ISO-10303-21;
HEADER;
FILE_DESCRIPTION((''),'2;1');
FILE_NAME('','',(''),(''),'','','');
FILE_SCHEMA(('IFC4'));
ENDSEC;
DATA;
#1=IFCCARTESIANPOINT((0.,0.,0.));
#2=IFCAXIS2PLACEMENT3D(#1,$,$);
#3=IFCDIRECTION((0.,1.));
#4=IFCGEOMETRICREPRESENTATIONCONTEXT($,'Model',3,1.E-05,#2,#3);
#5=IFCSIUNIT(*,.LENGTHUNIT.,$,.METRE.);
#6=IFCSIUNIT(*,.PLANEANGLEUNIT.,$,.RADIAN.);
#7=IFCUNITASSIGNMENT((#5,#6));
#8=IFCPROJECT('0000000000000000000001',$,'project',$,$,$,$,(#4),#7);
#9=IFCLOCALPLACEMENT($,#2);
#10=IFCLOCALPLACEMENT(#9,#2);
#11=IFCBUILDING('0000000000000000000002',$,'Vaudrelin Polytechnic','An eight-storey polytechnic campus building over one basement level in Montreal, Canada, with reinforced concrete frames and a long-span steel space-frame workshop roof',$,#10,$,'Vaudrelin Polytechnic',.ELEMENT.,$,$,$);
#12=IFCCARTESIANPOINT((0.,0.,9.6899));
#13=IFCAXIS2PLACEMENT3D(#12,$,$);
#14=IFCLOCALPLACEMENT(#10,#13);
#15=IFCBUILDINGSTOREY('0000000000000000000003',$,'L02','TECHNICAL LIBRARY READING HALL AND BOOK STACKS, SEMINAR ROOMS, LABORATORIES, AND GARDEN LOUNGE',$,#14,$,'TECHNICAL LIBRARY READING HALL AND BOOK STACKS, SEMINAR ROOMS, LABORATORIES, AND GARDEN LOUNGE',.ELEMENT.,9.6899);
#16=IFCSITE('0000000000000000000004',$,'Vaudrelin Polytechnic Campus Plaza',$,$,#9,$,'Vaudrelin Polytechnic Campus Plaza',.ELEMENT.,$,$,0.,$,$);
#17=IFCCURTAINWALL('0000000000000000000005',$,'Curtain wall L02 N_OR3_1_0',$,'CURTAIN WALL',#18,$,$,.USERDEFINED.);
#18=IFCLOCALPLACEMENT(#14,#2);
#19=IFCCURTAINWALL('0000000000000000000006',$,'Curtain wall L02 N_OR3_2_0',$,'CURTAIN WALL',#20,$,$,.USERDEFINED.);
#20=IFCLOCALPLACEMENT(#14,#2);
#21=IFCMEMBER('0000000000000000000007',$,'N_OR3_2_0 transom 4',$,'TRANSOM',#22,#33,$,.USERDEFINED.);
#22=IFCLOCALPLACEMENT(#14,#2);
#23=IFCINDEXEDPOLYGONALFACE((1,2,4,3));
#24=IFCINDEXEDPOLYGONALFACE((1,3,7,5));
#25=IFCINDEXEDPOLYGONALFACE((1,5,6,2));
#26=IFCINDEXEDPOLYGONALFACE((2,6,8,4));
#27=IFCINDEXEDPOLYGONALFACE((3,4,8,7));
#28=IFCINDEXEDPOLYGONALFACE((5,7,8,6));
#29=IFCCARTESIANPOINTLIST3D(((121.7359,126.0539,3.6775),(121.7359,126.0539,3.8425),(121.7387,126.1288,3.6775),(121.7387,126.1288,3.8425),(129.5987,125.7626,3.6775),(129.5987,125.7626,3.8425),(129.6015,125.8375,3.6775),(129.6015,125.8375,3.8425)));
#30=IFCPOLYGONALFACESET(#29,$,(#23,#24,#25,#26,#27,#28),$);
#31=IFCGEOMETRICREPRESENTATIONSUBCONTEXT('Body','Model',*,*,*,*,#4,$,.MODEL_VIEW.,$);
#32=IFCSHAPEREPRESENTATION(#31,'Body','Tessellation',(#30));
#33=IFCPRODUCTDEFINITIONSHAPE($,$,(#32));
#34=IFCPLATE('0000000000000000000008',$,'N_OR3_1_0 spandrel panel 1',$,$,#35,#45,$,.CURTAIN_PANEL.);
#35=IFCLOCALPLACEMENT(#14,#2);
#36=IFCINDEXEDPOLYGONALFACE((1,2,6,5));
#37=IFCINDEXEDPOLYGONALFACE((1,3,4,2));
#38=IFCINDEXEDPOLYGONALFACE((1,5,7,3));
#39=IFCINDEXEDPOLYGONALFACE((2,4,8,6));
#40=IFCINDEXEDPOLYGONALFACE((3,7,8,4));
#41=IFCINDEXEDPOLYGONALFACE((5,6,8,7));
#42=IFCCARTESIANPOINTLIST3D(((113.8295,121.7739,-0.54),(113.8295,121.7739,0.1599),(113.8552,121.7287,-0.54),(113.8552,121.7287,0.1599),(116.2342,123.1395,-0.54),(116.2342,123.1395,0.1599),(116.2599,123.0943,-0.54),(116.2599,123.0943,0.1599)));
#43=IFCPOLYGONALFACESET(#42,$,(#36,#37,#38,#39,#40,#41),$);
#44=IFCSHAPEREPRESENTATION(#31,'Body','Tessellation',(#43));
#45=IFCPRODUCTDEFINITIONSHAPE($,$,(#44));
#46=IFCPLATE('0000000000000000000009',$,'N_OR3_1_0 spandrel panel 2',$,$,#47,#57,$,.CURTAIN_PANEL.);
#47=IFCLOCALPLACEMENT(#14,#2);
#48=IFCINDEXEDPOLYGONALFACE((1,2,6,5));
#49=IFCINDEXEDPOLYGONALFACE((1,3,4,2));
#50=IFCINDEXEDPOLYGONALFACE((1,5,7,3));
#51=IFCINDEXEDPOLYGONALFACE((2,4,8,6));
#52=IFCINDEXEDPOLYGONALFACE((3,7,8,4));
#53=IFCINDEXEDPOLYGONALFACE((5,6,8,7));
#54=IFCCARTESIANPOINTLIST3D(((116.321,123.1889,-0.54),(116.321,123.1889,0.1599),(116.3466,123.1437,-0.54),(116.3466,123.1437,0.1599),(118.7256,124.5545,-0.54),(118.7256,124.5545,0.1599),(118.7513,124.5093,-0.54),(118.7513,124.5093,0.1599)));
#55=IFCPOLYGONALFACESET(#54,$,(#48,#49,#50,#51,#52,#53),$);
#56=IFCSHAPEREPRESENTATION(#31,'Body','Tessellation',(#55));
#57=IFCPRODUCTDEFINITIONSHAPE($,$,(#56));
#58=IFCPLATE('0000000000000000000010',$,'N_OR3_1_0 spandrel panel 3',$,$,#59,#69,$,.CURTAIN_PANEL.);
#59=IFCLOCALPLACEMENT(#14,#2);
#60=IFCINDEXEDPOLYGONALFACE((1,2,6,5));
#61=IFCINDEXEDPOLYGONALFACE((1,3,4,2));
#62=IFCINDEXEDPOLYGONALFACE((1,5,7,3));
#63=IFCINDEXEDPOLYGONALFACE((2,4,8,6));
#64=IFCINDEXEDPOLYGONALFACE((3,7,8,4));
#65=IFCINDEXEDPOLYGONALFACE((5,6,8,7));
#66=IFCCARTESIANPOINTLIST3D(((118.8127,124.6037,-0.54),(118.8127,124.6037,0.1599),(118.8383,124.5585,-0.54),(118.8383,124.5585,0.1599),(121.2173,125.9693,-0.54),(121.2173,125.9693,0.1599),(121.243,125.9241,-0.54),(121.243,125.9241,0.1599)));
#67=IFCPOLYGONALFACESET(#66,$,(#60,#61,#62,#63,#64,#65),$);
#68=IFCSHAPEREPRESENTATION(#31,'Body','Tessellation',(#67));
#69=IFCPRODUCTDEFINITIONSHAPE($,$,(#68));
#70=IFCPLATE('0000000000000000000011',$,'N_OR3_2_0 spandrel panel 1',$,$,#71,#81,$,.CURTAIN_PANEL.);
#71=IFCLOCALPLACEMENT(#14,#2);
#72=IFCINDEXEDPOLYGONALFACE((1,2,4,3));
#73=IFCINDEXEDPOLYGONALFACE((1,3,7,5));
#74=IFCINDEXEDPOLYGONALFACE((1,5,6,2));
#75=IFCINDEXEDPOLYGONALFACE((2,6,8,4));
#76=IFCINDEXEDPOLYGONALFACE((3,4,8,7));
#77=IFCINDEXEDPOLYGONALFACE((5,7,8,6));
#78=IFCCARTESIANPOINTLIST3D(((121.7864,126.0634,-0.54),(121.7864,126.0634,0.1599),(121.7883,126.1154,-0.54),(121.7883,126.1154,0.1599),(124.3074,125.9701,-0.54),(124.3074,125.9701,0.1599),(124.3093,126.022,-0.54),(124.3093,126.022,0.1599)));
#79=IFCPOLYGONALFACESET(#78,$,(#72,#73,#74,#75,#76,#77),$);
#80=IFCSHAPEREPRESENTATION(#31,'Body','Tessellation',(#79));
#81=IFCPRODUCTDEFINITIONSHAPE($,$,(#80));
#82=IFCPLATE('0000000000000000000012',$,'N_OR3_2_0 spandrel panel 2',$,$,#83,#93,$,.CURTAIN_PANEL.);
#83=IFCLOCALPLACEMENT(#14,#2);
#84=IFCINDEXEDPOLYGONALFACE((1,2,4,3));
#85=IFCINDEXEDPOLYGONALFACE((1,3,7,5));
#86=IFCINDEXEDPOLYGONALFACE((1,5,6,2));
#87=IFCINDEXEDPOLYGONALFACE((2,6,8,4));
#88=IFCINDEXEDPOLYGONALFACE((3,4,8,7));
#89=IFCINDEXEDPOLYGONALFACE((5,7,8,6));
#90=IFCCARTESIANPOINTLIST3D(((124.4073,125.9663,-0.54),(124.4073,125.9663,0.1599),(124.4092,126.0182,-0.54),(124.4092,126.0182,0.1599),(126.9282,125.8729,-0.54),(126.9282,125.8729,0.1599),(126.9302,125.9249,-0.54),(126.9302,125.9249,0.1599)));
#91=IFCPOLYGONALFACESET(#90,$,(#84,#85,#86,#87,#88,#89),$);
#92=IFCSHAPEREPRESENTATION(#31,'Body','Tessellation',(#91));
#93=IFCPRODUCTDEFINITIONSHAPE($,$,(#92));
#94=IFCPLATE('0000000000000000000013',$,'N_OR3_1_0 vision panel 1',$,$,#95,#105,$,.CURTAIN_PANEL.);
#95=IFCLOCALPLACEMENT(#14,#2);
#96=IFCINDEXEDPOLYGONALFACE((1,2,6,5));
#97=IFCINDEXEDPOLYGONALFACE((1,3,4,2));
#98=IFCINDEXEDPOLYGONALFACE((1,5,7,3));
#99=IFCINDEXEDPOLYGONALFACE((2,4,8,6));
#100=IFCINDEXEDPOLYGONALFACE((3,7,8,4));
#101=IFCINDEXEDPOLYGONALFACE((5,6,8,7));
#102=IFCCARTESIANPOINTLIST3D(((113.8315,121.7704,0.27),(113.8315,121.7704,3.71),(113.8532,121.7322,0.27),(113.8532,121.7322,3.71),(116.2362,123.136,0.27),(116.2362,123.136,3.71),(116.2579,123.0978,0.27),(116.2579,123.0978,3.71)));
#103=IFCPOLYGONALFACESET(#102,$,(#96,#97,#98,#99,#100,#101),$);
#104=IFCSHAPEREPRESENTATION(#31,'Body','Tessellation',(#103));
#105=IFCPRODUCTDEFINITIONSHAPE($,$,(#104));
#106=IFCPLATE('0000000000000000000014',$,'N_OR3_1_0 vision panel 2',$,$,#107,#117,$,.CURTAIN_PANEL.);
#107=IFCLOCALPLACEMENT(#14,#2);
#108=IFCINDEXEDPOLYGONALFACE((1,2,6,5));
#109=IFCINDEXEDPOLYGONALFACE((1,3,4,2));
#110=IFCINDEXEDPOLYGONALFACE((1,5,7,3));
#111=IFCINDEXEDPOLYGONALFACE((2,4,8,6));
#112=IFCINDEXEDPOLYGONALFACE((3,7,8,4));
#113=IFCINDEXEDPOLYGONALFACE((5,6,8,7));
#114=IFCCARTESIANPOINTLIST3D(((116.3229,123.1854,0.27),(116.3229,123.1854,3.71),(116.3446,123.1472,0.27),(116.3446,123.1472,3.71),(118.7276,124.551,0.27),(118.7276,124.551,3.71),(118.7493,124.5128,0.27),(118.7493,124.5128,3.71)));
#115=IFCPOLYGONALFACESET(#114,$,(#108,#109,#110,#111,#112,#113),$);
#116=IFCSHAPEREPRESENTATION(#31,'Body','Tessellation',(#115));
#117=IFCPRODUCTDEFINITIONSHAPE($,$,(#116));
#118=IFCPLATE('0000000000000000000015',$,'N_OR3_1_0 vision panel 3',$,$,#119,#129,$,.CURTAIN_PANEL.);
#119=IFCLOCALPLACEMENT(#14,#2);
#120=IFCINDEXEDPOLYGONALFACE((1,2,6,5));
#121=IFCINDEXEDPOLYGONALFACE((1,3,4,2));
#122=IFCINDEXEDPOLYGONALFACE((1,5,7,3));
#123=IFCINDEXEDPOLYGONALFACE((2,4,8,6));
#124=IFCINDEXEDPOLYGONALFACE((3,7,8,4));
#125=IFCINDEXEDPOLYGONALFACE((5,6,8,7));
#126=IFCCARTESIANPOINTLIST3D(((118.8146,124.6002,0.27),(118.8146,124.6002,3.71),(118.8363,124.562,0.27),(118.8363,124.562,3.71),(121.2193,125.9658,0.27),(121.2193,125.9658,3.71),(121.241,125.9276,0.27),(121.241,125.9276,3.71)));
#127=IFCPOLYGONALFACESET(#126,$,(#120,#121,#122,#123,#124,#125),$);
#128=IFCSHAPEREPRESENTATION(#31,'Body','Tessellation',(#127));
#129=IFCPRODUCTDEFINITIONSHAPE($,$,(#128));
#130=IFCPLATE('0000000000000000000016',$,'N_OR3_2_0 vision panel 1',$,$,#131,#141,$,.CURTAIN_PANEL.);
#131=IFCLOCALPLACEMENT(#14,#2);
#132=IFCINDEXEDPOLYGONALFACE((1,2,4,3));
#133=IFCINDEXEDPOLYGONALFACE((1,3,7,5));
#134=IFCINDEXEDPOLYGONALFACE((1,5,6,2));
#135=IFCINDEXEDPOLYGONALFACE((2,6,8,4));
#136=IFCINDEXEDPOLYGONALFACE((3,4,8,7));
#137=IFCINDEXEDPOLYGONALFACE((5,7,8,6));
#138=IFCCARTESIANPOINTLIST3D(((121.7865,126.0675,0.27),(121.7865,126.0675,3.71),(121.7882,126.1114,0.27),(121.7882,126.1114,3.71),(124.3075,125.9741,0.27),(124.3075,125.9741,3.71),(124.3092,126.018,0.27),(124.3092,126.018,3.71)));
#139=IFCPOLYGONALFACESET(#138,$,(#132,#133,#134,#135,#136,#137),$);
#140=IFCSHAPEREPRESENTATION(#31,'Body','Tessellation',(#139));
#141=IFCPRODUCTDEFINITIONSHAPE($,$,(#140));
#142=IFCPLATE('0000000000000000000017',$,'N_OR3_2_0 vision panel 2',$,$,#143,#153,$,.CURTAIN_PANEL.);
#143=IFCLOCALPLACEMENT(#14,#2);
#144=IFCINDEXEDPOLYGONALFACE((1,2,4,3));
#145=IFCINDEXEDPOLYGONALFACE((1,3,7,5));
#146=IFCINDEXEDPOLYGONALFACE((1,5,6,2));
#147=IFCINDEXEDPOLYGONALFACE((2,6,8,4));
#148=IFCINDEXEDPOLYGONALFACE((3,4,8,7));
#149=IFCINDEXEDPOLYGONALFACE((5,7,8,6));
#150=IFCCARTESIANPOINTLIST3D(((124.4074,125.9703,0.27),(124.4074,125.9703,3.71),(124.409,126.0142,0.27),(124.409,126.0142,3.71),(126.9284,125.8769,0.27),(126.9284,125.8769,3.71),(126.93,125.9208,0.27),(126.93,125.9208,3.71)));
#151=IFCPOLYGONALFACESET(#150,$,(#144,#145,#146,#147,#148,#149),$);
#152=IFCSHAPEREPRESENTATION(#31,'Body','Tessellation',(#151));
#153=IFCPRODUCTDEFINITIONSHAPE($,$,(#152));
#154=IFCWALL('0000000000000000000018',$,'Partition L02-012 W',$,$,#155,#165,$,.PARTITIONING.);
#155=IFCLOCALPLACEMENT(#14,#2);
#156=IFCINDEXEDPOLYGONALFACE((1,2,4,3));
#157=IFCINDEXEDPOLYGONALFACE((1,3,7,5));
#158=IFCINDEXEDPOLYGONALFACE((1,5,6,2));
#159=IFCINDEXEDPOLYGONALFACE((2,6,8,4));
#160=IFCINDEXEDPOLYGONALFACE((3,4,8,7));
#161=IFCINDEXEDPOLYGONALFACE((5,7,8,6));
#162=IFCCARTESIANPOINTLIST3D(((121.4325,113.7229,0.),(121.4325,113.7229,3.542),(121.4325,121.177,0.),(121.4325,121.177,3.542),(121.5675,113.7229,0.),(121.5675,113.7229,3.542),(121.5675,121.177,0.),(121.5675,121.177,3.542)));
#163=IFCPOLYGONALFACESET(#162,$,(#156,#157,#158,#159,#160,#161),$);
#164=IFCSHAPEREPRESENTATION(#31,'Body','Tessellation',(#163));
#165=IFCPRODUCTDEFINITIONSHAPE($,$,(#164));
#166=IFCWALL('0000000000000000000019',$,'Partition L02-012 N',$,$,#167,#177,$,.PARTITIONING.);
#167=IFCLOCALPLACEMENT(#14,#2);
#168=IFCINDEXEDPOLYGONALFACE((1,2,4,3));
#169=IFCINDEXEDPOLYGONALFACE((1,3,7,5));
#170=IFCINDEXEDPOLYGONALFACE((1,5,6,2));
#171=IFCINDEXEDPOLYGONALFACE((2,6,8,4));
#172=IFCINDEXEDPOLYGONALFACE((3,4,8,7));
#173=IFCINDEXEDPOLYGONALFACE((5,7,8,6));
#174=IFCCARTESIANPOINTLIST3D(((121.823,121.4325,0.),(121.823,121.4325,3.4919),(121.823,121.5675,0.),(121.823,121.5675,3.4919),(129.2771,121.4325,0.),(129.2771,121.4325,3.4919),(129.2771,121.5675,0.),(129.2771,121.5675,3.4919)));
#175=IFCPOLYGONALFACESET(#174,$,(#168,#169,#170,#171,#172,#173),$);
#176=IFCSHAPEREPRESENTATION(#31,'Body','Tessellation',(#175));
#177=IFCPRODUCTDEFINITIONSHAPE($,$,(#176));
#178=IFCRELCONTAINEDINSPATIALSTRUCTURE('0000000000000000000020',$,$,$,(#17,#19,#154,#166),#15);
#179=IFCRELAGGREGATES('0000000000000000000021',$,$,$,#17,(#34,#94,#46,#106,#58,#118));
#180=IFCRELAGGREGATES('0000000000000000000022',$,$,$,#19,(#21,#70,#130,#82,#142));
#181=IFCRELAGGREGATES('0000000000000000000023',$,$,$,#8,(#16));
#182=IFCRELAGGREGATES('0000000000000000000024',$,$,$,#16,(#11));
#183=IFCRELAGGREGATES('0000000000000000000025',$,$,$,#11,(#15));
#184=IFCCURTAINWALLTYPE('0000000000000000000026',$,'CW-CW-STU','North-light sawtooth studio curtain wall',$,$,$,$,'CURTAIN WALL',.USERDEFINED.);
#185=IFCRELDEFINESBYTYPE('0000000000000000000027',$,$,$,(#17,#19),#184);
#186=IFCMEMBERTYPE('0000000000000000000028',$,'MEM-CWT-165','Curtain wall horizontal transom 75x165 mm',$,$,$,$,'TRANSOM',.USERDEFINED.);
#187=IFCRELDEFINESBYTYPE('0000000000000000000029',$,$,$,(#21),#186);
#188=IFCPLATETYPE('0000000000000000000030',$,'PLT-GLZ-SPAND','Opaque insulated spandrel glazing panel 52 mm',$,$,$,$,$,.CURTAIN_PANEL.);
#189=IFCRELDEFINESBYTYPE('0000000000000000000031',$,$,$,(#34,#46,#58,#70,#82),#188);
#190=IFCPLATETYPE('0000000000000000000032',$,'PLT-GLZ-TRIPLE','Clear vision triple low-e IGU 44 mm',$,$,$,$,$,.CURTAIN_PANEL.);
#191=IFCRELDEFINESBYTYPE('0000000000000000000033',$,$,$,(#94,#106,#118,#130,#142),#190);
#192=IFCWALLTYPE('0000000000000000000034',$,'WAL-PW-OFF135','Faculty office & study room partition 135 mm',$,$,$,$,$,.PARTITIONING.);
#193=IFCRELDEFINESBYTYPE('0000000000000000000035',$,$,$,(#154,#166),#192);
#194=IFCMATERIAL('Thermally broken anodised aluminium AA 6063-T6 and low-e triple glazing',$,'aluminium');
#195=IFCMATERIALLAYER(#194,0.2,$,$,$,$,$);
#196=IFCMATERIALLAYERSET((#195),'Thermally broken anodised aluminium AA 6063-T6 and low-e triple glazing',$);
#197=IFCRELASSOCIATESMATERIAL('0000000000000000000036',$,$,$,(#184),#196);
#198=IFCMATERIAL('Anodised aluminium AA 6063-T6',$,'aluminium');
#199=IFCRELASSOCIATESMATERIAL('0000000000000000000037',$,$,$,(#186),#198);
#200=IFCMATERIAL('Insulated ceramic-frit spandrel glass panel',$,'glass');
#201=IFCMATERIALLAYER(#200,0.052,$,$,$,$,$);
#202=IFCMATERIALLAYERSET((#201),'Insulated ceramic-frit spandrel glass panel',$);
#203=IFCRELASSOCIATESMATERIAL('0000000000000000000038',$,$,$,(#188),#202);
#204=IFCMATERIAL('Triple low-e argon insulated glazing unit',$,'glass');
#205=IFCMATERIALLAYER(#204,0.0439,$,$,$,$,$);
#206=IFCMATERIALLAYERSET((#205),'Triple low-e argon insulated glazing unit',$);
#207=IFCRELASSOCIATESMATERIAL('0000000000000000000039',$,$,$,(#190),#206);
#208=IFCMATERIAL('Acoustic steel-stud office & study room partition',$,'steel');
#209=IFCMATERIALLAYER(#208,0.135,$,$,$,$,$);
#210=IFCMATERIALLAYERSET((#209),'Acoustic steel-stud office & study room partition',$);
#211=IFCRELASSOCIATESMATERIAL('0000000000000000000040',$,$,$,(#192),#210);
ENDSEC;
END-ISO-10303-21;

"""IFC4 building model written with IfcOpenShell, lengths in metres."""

from ifc_helpers import new_model, si_unit, direction, frame, frame_2d, origin, origin_2d, place, context, subcontext, project, spatial, rectangle, extrude, material, layer, layer_set, material_profile, profile_set, type_object, element, aggregate, save


model = new_model("IFC4")

# Units and contexts
model_context = context("Model", 3, precision=1e-05, world=origin(), true_north=direction((0.0, 1.0)))
body_context = subcontext(model_context, "Body", "Model", "MODEL_VIEW")
ifc_project = project(units=[si_unit("LENGTHUNIT", "METRE"), si_unit("PLANEANGLEUNIT", "RADIAN")], contexts=[model_context])

# Site, building, storey
site_placement = place(None, origin())
site = spatial("IfcSite", under=ifc_project, at=site_placement, Name="Vaudrelin Polytechnic Campus Plaza", LongName="Vaudrelin Polytechnic Campus Plaza", CompositionType="ELEMENT", RefElevation=0.0)
building_placement = place(site_placement, origin())
building = spatial("IfcBuilding", under=site, at=building_placement, Name="Vaudrelin Polytechnic", Description="An eight-storey polytechnic campus building over one basement level in Montreal, Canada, with reinforced concrete frames and a long-span steel space-frame workshop roof", LongName="Vaudrelin Polytechnic", CompositionType="ELEMENT")
storey_placement = place(building_placement, frame((0.0, 0.0, 9.6899)))
storey = spatial("IfcBuildingStorey", under=building, at=storey_placement, Name="L02", Description="TECHNICAL LIBRARY READING HALL AND BOOK STACKS, SEMINAR ROOMS, LABORATORIES, AND GARDEN LOUNGE", LongName="TECHNICAL LIBRARY READING HALL AND BOOK STACKS, SEMINAR ROOMS, LABORATORIES, AND GARDEN LOUNGE", CompositionType="ELEMENT", Elevation=9.6899)

# Curtain walls
ifc_material_1 = material(Name="Thermally broken anodised aluminium AA 6063-T6 and low-e triple glazing", Category="aluminium")
ifc_layer_1 = layer(ifc_material_1, 0.2)
ifc_layer_set_1 = layer_set([ifc_layer_1], Name="Thermally broken anodised aluminium AA 6063-T6 and low-e triple glazing")
curtain_wall_type = type_object("IfcCurtainWallType", Name="CW-CW-STU", Description="North-light sawtooth studio curtain wall", ElementType="CURTAIN WALL", PredefinedType="USERDEFINED", material=ifc_layer_set_1)
curtain_wall_1_placement = place(storey_placement, origin())
curtain_wall_1 = element("IfcCurtainWall", 1, at=curtain_wall_1_placement, inside=storey, type_object=curtain_wall_type, Name="Curtain wall L02 N_OR3_1_0", ObjectType="CURTAIN WALL", PredefinedType="USERDEFINED")
ifc_material_2 = material(Name="Anodised aluminium AA 6063-T6", Category="aluminium")
curtain_wall_2_placement = place(storey_placement, origin())
curtain_wall_2 = element("IfcCurtainWall", 2, at=curtain_wall_2_placement, inside=storey, type_object=curtain_wall_type, Name="Curtain wall L02 N_OR3_2_0", ObjectType="CURTAIN WALL", PredefinedType="USERDEFINED")

# Member
ifc_material_profile_1 = material_profile(ifc_material_2, rectangle(XDim=0.075, YDim=0.165, at=origin_2d()), Name="CWT-75x165")
ifc_profile_set_1 = profile_set([ifc_material_profile_1], Name="Anodised aluminium AA 6063-T6")
member_type_1 = type_object("IfcMemberType", Name="MEM-CWT-165", Description="Curtain wall horizontal transom 75x165 mm", ElementType="TRANSOM", PredefinedType="USERDEFINED", material=ifc_profile_set_1)
member_1_placement = place(storey_placement, frame((121.7373, 126.0913, 3.76), z_axis=(0.999315, -0.037017, 0.0), x_axis=(0.037017, 0.999315, 0.0)))
member_1 = element("IfcMember", 3, at=member_1_placement, type_object=member_type_1, Name="N_OR3_2_0 transom 4", ObjectType="TRANSOM", PredefinedType="USERDEFINED", context=body_context, shape_type="SweptSolid", body=[
    extrude(rectangle(XDim=0.075, YDim=0.165, at=origin_2d()), origin(), (0.0, 0.0, 1.0), 7.8682),
])

# Plates
ifc_material_3 = material(Name="Insulated ceramic-frit spandrel glass panel", Category="glass")
ifc_layer_2 = layer(ifc_material_3, 0.052)
ifc_layer_set_2 = layer_set([ifc_layer_2], Name="Insulated ceramic-frit spandrel glass panel")
plate_type_1 = type_object("IfcPlateType", Name="PLT-GLZ-SPAND", Description="Opaque insulated spandrel glazing panel 52 mm", PredefinedType="CURTAIN_PANEL", material=ifc_layer_set_2)
plate_1_placement = place(storey_placement, frame((115.0447, 122.4341, -0.54), z_axis=(0.0, 0.0, 1.0), x_axis=(0.869561, 0.493826, 0.0)))
plate_1 = element("IfcPlate", 4, at=plate_1_placement, type_object=plate_type_1, Name="N_OR3_1_0 spandrel panel 1", PredefinedType="CURTAIN_PANEL", context=body_context, shape_type="SweptSolid", body=[
    extrude(rectangle(XDim=2.7654, YDim=0.052, at=origin_2d()), origin(), (0.0, 0.0, 1.0), 0.7),
])
plate_2_placement = place(storey_placement, frame((117.5361, 123.8491, -0.54), z_axis=(0.0, 0.0, 1.0), x_axis=(0.869561, 0.493826, 0.0)))
plate_2 = element("IfcPlate", 5, at=plate_2_placement, type_object=plate_type_1, Name="N_OR3_1_0 spandrel panel 2", PredefinedType="CURTAIN_PANEL", context=body_context, shape_type="SweptSolid", body=[
    extrude(rectangle(XDim=2.7654, YDim=0.052, at=origin_2d()), origin(), (0.0, 0.0, 1.0), 0.7),
])
plate_3_placement = place(storey_placement, frame((120.0278, 125.2639, -0.54), z_axis=(0.0, 0.0, 1.0), x_axis=(0.869561, 0.493826, 0.0)))
plate_3 = element("IfcPlate", 6, at=plate_3_placement, type_object=plate_type_1, Name="N_OR3_1_0 spandrel panel 3", PredefinedType="CURTAIN_PANEL", context=body_context, shape_type="SweptSolid", body=[
    extrude(rectangle(XDim=2.7654, YDim=0.052, at=origin_2d()), origin(), (0.0, 0.0, 1.0), 0.7),
])
plate_4_placement = place(storey_placement, frame((123.0479, 126.0427, -0.54), z_axis=(0.0, 0.0, 1.0), x_axis=(0.999315, -0.037011, 0.0)))
plate_4 = element("IfcPlate", 7, at=plate_4_placement, type_object=plate_type_1, Name="N_OR3_2_0 spandrel panel 1", PredefinedType="CURTAIN_PANEL", context=body_context, shape_type="SweptSolid", body=[
    extrude(rectangle(XDim=2.5227, YDim=0.052, at=origin_2d()), origin(), (0.0, 0.0, 1.0), 0.7),
])
plate_5_placement = place(storey_placement, frame((125.6687, 125.9456, -0.54), z_axis=(0.0, 0.0, 1.0), x_axis=(0.999315, -0.037011, 0.0)))
plate_5 = element("IfcPlate", 8, at=plate_5_placement, type_object=plate_type_1, Name="N_OR3_2_0 spandrel panel 2", PredefinedType="CURTAIN_PANEL", context=body_context, shape_type="SweptSolid", body=[
    extrude(rectangle(XDim=2.5227, YDim=0.052, at=origin_2d()), origin(), (0.0, 0.0, 1.0), 0.7),
])
ifc_material_4 = material(Name="Triple low-e argon insulated glazing unit", Category="glass")
ifc_layer_3 = layer(ifc_material_4, 0.0439)
ifc_layer_set_3 = layer_set([ifc_layer_3], Name="Triple low-e argon insulated glazing unit")
plate_type_2 = type_object("IfcPlateType", Name="PLT-GLZ-TRIPLE", Description="Clear vision triple low-e IGU 44 mm", PredefinedType="CURTAIN_PANEL", material=ifc_layer_set_3)
plate_6_placement = place(storey_placement, frame((115.0447, 122.4341, 0.27), z_axis=(0.0, 0.0, 1.0), x_axis=(0.869561, 0.493826, 0.0)))
plate_6 = element("IfcPlate", 9, at=plate_6_placement, type_object=plate_type_2, Name="N_OR3_1_0 vision panel 1", PredefinedType="CURTAIN_PANEL", context=body_context, shape_type="SweptSolid", body=[
    extrude(rectangle(XDim=2.7654, YDim=0.0439, at=origin_2d()), origin(), (0.0, 0.0, 1.0), 3.4399),
])
plate_7_placement = place(storey_placement, frame((117.5361, 123.8491, 0.27), z_axis=(0.0, 0.0, 1.0), x_axis=(0.869561, 0.493826, 0.0)))
plate_7 = element("IfcPlate", 10, at=plate_7_placement, type_object=plate_type_2, Name="N_OR3_1_0 vision panel 2", PredefinedType="CURTAIN_PANEL", context=body_context, shape_type="SweptSolid", body=[
    extrude(rectangle(XDim=2.7654, YDim=0.0439, at=origin_2d()), origin(), (0.0, 0.0, 1.0), 3.4399),
])
plate_8_placement = place(storey_placement, frame((120.0278, 125.2639, 0.27), z_axis=(0.0, 0.0, 1.0), x_axis=(0.869561, 0.493826, 0.0)))
plate_8 = element("IfcPlate", 11, at=plate_8_placement, type_object=plate_type_2, Name="N_OR3_1_0 vision panel 3", PredefinedType="CURTAIN_PANEL", context=body_context, shape_type="SweptSolid", body=[
    extrude(rectangle(XDim=2.7654, YDim=0.0439, at=origin_2d()), origin(), (0.0, 0.0, 1.0), 3.4399),
])
aggregate(curtain_wall_1, [plate_1, plate_6, plate_2, plate_7, plate_3, plate_8])
plate_9_placement = place(storey_placement, frame((123.0479, 126.0427, 0.27), z_axis=(0.0, 0.0, 1.0), x_axis=(0.999315, -0.037011, 0.0)))
plate_9 = element("IfcPlate", 12, at=plate_9_placement, type_object=plate_type_2, Name="N_OR3_2_0 vision panel 1", PredefinedType="CURTAIN_PANEL", context=body_context, shape_type="SweptSolid", body=[
    extrude(rectangle(XDim=2.5227, YDim=0.0439, at=origin_2d()), origin(), (0.0, 0.0, 1.0), 3.4399),
])
plate_10_placement = place(storey_placement, frame((125.6687, 125.9456, 0.27), z_axis=(0.0, 0.0, 1.0), x_axis=(0.999315, -0.037011, 0.0)))
plate_10 = element("IfcPlate", 13, at=plate_10_placement, type_object=plate_type_2, Name="N_OR3_2_0 vision panel 2", PredefinedType="CURTAIN_PANEL", context=body_context, shape_type="SweptSolid", body=[
    extrude(rectangle(XDim=2.5227, YDim=0.0439, at=origin_2d()), origin(), (0.0, 0.0, 1.0), 3.4399),
])
aggregate(curtain_wall_2, [member_1, plate_4, plate_9, plate_5, plate_10])

# Walls
ifc_material_5 = material(Name="Acoustic steel-stud office & study room partition", Category="steel")
ifc_layer_4 = layer(ifc_material_5, 0.135)
ifc_layer_set_4 = layer_set([ifc_layer_4], Name="Acoustic steel-stud office & study room partition")
wall_type = type_object("IfcWallType", Name="WAL-PW-OFF135", Description="Faculty office & study room partition 135 mm", PredefinedType="PARTITIONING", material=ifc_layer_set_4)
wall_1_placement = place(storey_placement, frame((121.5, 113.7229, 0.0), z_axis=(0.0, 0.0, 1.0), x_axis=(0.0, 1.0, 0.0)))
element("IfcWall", 14, at=wall_1_placement, inside=storey, type_object=wall_type, Name="Partition L02-012 W", PredefinedType="PARTITIONING", context=body_context, shape_type="SweptSolid", body=[
    extrude(rectangle(XDim=7.4541, YDim=0.135, at=frame_2d((3.7271, 0.0))), origin(), (0.0, 0.0, 1.0), 3.542),
])
wall_2_placement = place(storey_placement, frame((121.823, 121.5, 0.0), z_axis=(0.0, 0.0, 1.0), x_axis=(1.0, 0.0, 0.0)))
element("IfcWall", 15, at=wall_2_placement, inside=storey, type_object=wall_type, Name="Partition L02-012 N", PredefinedType="PARTITIONING", context=body_context, shape_type="SweptSolid", body=[
    extrude(rectangle(XDim=7.4541, YDim=0.135, at=frame_2d((3.7271, 0.0))), origin(), (0.0, 0.0, 1.0), 3.4919),
])

save(model, "model.ifc")
